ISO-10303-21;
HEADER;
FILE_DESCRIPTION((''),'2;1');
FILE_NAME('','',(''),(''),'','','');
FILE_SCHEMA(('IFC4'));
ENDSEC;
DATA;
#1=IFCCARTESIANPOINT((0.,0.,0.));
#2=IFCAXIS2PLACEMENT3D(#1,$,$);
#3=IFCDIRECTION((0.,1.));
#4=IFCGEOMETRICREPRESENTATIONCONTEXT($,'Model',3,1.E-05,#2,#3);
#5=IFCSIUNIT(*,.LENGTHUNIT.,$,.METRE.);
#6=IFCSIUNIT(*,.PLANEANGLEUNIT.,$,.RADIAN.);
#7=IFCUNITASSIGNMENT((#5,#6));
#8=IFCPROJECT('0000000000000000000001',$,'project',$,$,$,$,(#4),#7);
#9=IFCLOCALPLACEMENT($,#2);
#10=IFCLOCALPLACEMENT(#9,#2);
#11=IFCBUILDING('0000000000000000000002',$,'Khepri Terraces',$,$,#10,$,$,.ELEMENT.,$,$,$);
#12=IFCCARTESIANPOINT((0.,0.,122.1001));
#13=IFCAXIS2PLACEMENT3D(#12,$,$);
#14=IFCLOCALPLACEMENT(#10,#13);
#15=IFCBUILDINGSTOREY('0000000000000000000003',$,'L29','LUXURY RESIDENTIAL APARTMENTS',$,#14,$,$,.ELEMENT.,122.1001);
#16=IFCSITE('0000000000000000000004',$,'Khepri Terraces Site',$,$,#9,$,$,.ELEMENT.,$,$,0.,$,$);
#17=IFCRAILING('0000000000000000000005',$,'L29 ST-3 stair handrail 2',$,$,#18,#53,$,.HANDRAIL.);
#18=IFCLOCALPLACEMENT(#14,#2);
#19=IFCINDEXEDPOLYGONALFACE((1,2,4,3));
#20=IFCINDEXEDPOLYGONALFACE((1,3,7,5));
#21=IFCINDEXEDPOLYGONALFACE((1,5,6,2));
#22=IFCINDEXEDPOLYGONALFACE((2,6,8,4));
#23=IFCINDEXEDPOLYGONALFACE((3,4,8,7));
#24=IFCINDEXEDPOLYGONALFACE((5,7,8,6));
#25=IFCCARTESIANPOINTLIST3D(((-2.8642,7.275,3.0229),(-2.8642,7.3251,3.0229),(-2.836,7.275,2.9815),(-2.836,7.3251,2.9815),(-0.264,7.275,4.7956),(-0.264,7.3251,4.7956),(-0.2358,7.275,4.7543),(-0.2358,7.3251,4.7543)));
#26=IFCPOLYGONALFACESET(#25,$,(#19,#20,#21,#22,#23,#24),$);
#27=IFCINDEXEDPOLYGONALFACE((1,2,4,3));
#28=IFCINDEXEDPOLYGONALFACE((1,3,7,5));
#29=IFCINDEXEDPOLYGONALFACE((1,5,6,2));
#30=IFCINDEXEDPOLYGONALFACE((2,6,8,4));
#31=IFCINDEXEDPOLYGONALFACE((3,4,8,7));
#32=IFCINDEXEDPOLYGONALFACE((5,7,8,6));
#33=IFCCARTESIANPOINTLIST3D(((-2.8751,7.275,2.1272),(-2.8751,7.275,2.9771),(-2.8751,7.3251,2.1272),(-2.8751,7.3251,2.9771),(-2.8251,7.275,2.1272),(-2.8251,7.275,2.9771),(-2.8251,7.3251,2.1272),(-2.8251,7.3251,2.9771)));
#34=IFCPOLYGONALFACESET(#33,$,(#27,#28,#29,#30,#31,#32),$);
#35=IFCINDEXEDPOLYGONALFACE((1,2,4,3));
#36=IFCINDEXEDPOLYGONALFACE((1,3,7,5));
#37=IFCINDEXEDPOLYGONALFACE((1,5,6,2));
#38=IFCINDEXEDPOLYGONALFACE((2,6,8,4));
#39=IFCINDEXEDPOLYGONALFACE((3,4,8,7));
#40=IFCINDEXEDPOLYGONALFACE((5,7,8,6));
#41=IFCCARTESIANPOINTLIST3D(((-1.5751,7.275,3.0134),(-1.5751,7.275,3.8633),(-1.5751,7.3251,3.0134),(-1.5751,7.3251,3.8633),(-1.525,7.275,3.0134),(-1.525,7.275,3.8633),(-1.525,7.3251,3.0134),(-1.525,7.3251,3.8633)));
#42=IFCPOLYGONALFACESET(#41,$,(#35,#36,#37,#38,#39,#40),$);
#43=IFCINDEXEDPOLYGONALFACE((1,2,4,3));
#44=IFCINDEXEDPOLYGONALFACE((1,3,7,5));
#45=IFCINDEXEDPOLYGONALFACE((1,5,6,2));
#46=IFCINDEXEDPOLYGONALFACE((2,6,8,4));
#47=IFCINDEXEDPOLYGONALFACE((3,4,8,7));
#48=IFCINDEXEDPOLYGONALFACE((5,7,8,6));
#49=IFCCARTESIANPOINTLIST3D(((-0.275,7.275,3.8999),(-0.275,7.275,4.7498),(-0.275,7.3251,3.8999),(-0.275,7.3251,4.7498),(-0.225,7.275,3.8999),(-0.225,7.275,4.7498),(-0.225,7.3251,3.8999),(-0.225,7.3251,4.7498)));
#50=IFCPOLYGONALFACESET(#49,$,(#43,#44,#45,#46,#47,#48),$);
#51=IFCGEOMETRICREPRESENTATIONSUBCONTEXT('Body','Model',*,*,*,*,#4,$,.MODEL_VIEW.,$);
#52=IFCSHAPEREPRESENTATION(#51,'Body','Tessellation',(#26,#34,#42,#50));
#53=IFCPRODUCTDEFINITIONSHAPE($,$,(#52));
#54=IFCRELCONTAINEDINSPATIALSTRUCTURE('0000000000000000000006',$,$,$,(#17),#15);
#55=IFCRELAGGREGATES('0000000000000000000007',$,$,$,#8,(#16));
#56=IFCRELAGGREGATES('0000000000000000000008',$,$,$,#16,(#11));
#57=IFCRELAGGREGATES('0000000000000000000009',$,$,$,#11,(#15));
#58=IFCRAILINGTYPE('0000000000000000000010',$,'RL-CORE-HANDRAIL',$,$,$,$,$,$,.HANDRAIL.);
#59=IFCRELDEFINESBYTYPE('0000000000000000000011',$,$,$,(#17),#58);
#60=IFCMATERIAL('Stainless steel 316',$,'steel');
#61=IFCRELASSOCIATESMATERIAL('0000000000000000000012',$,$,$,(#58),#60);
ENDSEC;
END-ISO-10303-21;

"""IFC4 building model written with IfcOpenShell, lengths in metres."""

from ifc_helpers import new_model, si_unit, direction, frame, origin, origin_2d, place, context, subcontext, project, spatial, rectangle, extrude, material, type_object, element, save


model = new_model("IFC4")

# Units and contexts
model_context = context("Model", 3, precision=1e-05, world=origin(), true_north=direction((0.0, 1.0)))
body_context = subcontext(model_context, "Body", "Model", "MODEL_VIEW")
ifc_project = project(units=[si_unit("LENGTHUNIT", "METRE"), si_unit("PLANEANGLEUNIT", "RADIAN")], contexts=[model_context])

# Site, building, storey
site_placement = place(None, origin())
site = spatial("IfcSite", under=ifc_project, at=site_placement, Name="Khepri Terraces Site", CompositionType="ELEMENT", RefElevation=0.0)
building_placement = place(site_placement, origin())
building = spatial("IfcBuilding", under=site, at=building_placement, Name="Khepri Terraces", CompositionType="ELEMENT")
storey_placement = place(building_placement, frame((0.0, 0.0, 122.1001)))
storey = spatial("IfcBuildingStorey", under=building, at=storey_placement, Name="L29", Description="LUXURY RESIDENTIAL APARTMENTS", CompositionType="ELEMENT", Elevation=122.1001)

# Railing
ifc_material_1 = material(Name="Stainless steel 316", Category="steel")
railing_type_1 = type_object("IfcRailingType", Name="RL-CORE-HANDRAIL", PredefinedType="HANDRAIL", material=ifc_material_1)
railing_1_placement = place(storey_placement, frame((-2.8501, 7.3, 2.1272)))
element("IfcRailing", 1, at=railing_1_placement, inside=storey, type_object=railing_type_1, Name="L29 ST-3 stair handrail 2", PredefinedType="HANDRAIL", context=body_context, shape_type="SweptSolid", body=[
    extrude(rectangle(XDim=0.05, YDim=0.05, at=origin_2d()), frame((0.0, 0.0, 0.875), z_axis=(0.82624, 0.0, 0.563318), x_axis=(0.0, 1.0, 0.0)), (0.0, 0.0, 1.0), 3.147),
    extrude(rectangle(XDim=0.05, YDim=0.05, at=origin_2d()), origin(), (0.0, 0.0, 1.0), 0.8499),
    extrude(rectangle(XDim=0.05, YDim=0.05, at=origin_2d()), frame((1.3, 0.0, 0.8862)), (0.0, 0.0, 1.0), 0.8499),
    extrude(rectangle(XDim=0.05, YDim=0.05, at=origin_2d()), frame((2.6001, 0.0, 1.7727)), (0.0, 0.0, 1.0), 0.8499),
])

save(model, "model.ifc")
